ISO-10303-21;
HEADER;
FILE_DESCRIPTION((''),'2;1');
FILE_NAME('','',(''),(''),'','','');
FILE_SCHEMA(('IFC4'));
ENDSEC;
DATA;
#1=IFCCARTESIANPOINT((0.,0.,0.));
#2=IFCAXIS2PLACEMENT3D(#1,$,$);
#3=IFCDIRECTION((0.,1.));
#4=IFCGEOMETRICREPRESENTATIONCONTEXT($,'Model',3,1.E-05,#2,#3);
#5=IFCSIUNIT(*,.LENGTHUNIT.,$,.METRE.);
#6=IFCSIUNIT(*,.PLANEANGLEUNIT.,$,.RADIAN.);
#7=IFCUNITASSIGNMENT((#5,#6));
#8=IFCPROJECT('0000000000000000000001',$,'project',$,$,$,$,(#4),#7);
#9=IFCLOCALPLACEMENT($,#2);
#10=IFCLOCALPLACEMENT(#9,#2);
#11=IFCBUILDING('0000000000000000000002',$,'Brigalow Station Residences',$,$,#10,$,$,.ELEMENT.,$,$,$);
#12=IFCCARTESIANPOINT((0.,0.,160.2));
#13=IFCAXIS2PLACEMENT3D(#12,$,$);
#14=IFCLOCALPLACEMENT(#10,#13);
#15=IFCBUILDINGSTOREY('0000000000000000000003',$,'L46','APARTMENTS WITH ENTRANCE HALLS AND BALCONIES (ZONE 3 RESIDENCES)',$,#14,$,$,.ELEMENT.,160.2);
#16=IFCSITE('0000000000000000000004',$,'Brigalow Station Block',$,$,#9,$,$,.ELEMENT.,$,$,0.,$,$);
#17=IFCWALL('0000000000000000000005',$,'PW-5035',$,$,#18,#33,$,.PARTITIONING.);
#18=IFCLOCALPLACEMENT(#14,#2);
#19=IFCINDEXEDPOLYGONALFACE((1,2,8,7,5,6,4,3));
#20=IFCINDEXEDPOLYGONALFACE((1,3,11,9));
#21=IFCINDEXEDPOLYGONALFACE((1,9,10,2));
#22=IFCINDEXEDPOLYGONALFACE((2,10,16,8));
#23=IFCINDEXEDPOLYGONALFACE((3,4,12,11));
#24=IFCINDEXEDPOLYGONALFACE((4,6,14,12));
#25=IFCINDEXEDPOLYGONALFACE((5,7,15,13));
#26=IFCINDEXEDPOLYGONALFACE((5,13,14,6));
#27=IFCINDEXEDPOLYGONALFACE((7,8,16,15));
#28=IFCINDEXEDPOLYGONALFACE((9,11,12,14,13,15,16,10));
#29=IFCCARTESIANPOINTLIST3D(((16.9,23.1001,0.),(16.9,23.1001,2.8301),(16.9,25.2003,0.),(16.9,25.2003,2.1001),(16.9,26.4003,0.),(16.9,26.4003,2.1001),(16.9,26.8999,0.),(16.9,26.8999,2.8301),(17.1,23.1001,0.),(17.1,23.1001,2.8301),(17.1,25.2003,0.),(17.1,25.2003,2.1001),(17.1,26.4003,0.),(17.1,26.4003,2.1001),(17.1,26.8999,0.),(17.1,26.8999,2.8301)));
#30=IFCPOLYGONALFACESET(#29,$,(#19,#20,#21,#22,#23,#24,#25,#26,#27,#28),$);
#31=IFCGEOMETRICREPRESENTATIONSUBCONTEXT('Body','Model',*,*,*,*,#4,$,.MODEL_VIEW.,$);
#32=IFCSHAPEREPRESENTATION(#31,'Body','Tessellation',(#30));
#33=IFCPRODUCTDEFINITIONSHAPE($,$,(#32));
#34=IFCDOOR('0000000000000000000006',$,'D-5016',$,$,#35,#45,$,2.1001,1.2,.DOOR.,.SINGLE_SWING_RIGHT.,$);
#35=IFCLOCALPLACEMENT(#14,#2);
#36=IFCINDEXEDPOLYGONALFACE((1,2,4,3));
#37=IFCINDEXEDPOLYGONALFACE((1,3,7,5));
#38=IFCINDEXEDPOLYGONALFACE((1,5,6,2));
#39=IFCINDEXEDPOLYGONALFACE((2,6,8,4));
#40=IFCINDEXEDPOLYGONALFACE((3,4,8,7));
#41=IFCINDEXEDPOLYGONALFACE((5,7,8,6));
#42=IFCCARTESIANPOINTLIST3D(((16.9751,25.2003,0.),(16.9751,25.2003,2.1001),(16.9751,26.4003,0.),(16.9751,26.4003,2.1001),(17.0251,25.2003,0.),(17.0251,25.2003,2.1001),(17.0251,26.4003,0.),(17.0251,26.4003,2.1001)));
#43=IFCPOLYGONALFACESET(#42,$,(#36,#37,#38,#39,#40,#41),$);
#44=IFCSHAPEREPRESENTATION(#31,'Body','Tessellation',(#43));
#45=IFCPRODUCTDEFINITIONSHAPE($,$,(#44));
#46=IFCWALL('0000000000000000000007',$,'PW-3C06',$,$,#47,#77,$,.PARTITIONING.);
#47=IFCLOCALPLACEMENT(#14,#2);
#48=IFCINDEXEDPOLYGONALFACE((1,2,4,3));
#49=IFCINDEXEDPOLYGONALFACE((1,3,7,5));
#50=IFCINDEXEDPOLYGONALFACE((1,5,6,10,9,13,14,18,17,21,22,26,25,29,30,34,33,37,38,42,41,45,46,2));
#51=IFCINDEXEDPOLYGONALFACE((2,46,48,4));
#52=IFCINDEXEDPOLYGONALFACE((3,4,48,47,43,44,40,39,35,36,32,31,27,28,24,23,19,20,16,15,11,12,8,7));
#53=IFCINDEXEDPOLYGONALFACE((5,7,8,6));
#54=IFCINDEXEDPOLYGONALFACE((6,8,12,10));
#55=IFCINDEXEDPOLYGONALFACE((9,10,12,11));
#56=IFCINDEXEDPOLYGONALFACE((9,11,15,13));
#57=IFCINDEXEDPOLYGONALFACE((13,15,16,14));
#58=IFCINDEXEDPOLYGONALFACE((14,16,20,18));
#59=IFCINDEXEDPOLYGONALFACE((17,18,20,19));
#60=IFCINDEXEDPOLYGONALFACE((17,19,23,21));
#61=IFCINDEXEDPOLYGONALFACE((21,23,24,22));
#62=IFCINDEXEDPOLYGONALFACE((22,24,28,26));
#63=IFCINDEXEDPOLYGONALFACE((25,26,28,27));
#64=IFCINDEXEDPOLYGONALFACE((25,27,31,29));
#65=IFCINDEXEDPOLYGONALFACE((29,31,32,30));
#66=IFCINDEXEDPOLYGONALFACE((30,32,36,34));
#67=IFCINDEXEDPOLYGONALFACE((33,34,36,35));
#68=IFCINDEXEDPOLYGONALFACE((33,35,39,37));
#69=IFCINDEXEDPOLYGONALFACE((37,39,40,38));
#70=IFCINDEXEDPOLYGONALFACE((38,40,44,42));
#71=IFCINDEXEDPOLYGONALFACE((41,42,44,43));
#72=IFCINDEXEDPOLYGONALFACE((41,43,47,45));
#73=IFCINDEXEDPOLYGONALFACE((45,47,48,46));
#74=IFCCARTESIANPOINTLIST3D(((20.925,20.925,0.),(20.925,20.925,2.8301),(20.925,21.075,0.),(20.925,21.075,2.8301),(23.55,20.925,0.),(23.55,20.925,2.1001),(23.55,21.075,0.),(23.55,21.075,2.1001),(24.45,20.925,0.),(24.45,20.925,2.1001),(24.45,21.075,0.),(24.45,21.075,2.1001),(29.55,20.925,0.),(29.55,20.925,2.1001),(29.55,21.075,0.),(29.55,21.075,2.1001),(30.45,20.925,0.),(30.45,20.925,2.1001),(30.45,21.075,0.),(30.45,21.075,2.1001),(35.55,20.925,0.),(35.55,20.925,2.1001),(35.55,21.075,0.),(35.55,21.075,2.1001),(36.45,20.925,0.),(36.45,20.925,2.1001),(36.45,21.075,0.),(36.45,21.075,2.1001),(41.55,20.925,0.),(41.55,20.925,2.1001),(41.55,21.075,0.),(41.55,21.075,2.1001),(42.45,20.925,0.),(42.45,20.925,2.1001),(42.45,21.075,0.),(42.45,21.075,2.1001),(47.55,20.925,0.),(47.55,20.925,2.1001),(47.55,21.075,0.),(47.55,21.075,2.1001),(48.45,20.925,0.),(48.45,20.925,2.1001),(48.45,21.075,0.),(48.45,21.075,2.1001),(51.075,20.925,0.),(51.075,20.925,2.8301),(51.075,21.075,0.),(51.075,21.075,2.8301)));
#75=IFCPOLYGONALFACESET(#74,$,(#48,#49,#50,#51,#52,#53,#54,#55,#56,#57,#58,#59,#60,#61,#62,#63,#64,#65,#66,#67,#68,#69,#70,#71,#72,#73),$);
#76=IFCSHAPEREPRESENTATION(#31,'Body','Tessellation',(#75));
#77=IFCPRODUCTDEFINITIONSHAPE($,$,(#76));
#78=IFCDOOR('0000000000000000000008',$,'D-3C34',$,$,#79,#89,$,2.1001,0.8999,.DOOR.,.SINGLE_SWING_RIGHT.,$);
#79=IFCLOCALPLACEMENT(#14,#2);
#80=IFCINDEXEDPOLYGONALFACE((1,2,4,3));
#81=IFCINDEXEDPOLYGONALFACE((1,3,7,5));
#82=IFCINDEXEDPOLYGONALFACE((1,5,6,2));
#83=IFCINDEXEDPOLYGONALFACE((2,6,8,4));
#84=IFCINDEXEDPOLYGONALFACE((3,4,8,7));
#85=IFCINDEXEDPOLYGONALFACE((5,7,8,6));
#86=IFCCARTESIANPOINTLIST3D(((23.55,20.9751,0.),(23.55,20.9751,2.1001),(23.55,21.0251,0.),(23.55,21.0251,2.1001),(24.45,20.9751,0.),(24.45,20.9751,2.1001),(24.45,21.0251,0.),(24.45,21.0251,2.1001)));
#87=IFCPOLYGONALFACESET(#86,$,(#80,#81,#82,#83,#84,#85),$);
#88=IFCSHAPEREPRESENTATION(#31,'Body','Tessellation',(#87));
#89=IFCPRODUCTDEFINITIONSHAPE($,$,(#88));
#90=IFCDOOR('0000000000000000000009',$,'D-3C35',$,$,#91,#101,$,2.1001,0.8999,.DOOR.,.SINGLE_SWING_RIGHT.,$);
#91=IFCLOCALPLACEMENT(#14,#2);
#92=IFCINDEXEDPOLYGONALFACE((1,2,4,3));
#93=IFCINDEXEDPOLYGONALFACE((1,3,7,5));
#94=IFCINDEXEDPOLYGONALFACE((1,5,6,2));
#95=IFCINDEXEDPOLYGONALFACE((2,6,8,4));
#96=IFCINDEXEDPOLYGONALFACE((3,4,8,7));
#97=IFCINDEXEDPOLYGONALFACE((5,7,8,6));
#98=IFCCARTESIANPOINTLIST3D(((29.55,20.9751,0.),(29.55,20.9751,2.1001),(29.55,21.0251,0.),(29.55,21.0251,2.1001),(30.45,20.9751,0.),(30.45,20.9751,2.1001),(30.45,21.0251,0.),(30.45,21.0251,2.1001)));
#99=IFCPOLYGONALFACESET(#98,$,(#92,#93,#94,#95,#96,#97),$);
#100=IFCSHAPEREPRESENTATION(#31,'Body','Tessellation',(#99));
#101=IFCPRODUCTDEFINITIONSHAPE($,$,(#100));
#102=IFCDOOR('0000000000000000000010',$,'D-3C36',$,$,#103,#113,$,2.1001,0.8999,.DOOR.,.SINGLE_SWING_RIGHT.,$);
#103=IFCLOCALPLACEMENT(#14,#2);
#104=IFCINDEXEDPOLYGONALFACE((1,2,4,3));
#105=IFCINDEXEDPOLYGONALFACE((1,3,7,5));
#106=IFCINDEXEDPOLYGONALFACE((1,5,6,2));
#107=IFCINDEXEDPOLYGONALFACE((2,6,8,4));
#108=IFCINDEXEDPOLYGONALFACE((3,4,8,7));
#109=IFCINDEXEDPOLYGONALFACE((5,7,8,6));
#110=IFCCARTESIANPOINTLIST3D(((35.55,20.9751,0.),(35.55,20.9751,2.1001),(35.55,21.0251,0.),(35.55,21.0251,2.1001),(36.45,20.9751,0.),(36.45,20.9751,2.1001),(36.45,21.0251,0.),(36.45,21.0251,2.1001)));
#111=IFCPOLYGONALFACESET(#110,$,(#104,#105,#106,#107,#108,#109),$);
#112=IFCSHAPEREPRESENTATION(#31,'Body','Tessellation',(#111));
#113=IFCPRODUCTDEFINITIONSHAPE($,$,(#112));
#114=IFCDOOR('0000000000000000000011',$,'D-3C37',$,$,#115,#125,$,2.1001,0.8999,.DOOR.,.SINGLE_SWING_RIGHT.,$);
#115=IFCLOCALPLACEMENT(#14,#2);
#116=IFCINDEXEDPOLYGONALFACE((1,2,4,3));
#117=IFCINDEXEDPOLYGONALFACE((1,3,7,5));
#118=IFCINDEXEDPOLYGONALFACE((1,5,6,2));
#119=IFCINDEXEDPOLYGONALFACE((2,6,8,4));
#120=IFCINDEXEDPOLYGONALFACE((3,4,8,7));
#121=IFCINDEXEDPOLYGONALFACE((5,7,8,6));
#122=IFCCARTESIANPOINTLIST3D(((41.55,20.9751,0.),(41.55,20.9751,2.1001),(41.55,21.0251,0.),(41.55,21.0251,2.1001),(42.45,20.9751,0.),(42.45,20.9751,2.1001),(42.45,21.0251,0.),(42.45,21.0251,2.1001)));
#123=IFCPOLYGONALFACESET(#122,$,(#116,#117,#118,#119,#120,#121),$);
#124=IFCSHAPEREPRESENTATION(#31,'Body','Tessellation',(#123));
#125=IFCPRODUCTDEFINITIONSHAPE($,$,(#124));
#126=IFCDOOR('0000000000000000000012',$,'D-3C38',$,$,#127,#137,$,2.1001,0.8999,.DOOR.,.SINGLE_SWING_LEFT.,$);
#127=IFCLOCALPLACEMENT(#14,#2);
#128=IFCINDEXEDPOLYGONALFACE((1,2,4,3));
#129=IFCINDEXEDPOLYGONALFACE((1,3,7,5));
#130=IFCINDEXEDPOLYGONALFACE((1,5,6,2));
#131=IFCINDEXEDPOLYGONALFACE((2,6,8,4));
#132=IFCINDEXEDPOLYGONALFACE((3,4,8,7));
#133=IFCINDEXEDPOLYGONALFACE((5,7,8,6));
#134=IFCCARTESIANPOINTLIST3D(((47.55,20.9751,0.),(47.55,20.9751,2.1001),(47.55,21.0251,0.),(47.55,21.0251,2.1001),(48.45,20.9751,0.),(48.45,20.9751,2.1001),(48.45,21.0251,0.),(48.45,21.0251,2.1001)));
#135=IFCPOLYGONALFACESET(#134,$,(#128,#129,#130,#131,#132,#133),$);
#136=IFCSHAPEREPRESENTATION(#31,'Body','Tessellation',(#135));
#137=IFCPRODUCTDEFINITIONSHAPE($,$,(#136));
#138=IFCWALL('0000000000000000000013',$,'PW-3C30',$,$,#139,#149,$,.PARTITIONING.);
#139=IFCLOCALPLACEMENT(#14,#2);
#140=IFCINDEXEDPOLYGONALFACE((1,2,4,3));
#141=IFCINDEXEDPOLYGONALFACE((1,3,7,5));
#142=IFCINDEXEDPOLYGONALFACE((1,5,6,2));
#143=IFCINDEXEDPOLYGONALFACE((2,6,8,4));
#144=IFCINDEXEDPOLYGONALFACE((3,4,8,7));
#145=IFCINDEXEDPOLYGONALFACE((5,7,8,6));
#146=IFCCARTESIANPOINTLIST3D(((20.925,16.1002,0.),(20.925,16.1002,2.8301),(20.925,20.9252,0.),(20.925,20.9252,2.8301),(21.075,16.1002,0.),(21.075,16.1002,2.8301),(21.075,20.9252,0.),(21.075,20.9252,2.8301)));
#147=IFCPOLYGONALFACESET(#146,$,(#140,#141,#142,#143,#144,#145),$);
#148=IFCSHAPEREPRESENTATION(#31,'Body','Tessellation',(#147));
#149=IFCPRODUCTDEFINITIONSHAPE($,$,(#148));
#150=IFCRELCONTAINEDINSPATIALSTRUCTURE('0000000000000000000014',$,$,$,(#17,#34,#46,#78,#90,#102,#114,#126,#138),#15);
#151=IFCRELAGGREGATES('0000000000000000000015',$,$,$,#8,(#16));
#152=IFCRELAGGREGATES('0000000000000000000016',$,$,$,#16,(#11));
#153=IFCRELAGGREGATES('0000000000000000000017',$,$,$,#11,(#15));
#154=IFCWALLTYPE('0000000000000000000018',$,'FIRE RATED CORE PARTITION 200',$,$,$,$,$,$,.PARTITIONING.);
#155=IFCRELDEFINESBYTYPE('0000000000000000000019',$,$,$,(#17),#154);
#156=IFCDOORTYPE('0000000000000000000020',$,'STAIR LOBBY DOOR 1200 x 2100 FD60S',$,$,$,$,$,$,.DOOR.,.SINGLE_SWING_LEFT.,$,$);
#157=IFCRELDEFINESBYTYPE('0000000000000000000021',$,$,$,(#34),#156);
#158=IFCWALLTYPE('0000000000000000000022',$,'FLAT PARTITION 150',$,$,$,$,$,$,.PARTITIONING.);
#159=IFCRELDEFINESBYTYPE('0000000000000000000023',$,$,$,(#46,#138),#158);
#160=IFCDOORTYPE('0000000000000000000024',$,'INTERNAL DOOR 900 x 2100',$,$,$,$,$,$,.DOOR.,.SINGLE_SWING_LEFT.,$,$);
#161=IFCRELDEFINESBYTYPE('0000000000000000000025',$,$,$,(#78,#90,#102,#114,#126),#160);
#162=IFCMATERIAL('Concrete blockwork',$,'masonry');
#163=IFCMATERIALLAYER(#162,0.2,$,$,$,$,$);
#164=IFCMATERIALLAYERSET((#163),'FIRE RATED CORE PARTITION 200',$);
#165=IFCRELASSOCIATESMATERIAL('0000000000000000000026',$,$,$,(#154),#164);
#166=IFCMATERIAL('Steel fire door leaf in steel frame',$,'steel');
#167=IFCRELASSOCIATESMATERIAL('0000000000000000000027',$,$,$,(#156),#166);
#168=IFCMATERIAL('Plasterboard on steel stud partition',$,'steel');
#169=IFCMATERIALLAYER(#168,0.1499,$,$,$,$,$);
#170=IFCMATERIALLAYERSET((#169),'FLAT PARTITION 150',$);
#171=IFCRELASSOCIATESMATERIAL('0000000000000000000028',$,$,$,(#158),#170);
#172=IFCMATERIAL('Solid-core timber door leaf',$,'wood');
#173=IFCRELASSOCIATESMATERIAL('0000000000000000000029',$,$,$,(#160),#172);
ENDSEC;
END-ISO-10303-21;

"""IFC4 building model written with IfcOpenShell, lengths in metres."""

from ifc_helpers import new_model, si_unit, direction, frame, frame_2d, origin, place, context, subcontext, project, spatial, rectangle, extrude, material, layer, layer_set, type_object, element, fill, save


model = new_model("IFC4")

# Units and contexts
model_context = context("Model", 3, precision=1e-05, world=origin(), true_north=direction((0.0, 1.0)))
body_context = subcontext(model_context, "Body", "Model", "MODEL_VIEW")
ifc_project = project(units=[si_unit("LENGTHUNIT", "METRE"), si_unit("PLANEANGLEUNIT", "RADIAN")], contexts=[model_context])

# Site, building, storey
site_placement = place(None, origin())
site = spatial("IfcSite", under=ifc_project, at=site_placement, Name="Brigalow Station Block", CompositionType="ELEMENT", RefElevation=0.0)
building_placement = place(site_placement, origin())
building = spatial("IfcBuilding", under=site, at=building_placement, Name="Brigalow Station Residences", CompositionType="ELEMENT")
storey_placement = place(building_placement, frame((0.0, 0.0, 160.2)))
storey = spatial("IfcBuildingStorey", under=building, at=storey_placement, Name="L46", Description="APARTMENTS WITH ENTRANCE HALLS AND BALCONIES (ZONE 3 RESIDENCES)", CompositionType="ELEMENT", Elevation=160.2)

# Wall, opening, door
ifc_material_1 = material(Name="Concrete blockwork", Category="masonry")
ifc_layer_1 = layer(ifc_material_1, 0.2)
ifc_layer_set_1 = layer_set([ifc_layer_1], Name="FIRE RATED CORE PARTITION 200")
wall_type_1 = type_object("IfcWallType", Name="FIRE RATED CORE PARTITION 200", PredefinedType="PARTITIONING", material=ifc_layer_set_1)
wall_1_placement = place(storey_placement, frame((17.0, 23.1001, 0.0), z_axis=(0.0, 0.0, 1.0), x_axis=(0.0, 1.0, 0.0)))
wall_1 = element("IfcWall", 1, at=wall_1_placement, inside=storey, type_object=wall_type_1, Name="PW-5035", PredefinedType="PARTITIONING", context=body_context, shape_type="SweptSolid", body=[
    extrude(rectangle(XDim=3.7998, YDim=0.2, at=frame_2d((1.8999, 0.0))), origin(), (0.0, 0.0, 1.0), 2.8301),
])
opening_1_placement = place(wall_1_placement, frame((2.1001, 0.0, 0.0)))
opening_1 = element("IfcOpeningElement", 2, at=opening_1_placement, cuts=wall_1, PredefinedType="OPENING", context=body_context, shape_type="SweptSolid", body=[
    extrude(rectangle(XDim=1.2, YDim=2.1001, at=frame_2d((0.6001, 1.05))), frame((0.0, 0.1099, 0.0), z_axis=(0.0, -1.0, 0.0), x_axis=(1.0, 0.0, 0.0)), (0.0, 0.0, 1.0), 0.22),
])
ifc_material_2 = material(Name="Steel fire door leaf in steel frame", Category="steel")
door_type_1 = type_object("IfcDoorType", Name="STAIR LOBBY DOOR 1200 x 2100 FD60S", OperationType="SINGLE_SWING_LEFT", PredefinedType="DOOR", material=ifc_material_2)
door_1_placement = place(opening_1_placement, origin())
door_1 = element("IfcDoor", 3, at=door_1_placement, inside=storey, type_object=door_type_1, Name="D-5016", OperationType="SINGLE_SWING_RIGHT", OverallHeight=2.1001, OverallWidth=1.2, PredefinedType="DOOR", context=body_context, shape_type="SweptSolid", body=[
    extrude(rectangle(XDim=1.2, YDim=2.1001, at=frame_2d((0.6001, 1.05))), frame((0.0, 0.0249, 0.0), z_axis=(0.0, -1.0, 0.0), x_axis=(1.0, 0.0, 0.0)), (0.0, 0.0, 1.0), 0.05),
])
fill(opening_1, door_1)

# Wall, openings, doors
ifc_material_3 = material(Name="Plasterboard on steel stud partition", Category="steel")
ifc_layer_2 = layer(ifc_material_3, 0.1499)
ifc_layer_set_2 = layer_set([ifc_layer_2], Name="FLAT PARTITION 150")
wall_type_2 = type_object("IfcWallType", Name="FLAT PARTITION 150", PredefinedType="PARTITIONING", material=ifc_layer_set_2)
wall_2_placement = place(storey_placement, frame((20.925, 21.0, 0.0), z_axis=(0.0, 0.0, 1.0), x_axis=(1.0, 0.0, 0.0)))
wall_2 = element("IfcWall", 4, at=wall_2_placement, inside=storey, type_object=wall_type_2, Name="PW-3C06", PredefinedType="PARTITIONING", context=body_context, shape_type="SweptSolid", body=[
    extrude(rectangle(XDim=30.1499, YDim=0.1499, at=frame_2d((15.075, 0.0))), origin(), (0.0, 0.0, 1.0), 2.8301),
])
opening_2_placement = place(wall_2_placement, frame((2.625, 0.0, 0.0)))
opening_2 = element("IfcOpeningElement", 5, at=opening_2_placement, cuts=wall_2, PredefinedType="OPENING", context=body_context, shape_type="SweptSolid", body=[
    extrude(rectangle(XDim=0.8999, YDim=2.1001, at=frame_2d((0.45, 1.05))), frame((0.0, 0.085, 0.0), z_axis=(0.0, -1.0, 0.0), x_axis=(1.0, 0.0, 0.0)), (0.0, 0.0, 1.0), 0.1699),
])
opening_3_placement = place(wall_2_placement, frame((8.625, 0.0, 0.0)))
opening_3 = element("IfcOpeningElement", 6, at=opening_3_placement, cuts=wall_2, PredefinedType="OPENING", context=body_context, shape_type="SweptSolid", body=[
    extrude(rectangle(XDim=0.8999, YDim=2.1001, at=frame_2d((0.45, 1.05))), frame((0.0, 0.085, 0.0), z_axis=(0.0, -1.0, 0.0), x_axis=(1.0, 0.0, 0.0)), (0.0, 0.0, 1.0), 0.1699),
])
opening_4_placement = place(wall_2_placement, frame((14.625, 0.0, 0.0)))
opening_4 = element("IfcOpeningElement", 7, at=opening_4_placement, cuts=wall_2, PredefinedType="OPENING", context=body_context, shape_type="SweptSolid", body=[
    extrude(rectangle(XDim=0.8999, YDim=2.1001, at=frame_2d((0.45, 1.05))), frame((0.0, 0.085, 0.0), z_axis=(0.0, -1.0, 0.0), x_axis=(1.0, 0.0, 0.0)), (0.0, 0.0, 1.0), 0.1699),
])
opening_5_placement = place(wall_2_placement, frame((20.625, 0.0, 0.0)))
opening_5 = element("IfcOpeningElement", 8, at=opening_5_placement, cuts=wall_2, PredefinedType="OPENING", context=body_context, shape_type="SweptSolid", body=[
    extrude(rectangle(XDim=0.8999, YDim=2.1001, at=frame_2d((0.45, 1.05))), frame((0.0, 0.085, 0.0), z_axis=(0.0, -1.0, 0.0), x_axis=(1.0, 0.0, 0.0)), (0.0, 0.0, 1.0), 0.1699),
])
opening_6_placement = place(wall_2_placement, frame((26.625, 0.0, 0.0)))
opening_6 = element("IfcOpeningElement", 9, at=opening_6_placement, cuts=wall_2, PredefinedType="OPENING", context=body_context, shape_type="SweptSolid", body=[
    extrude(rectangle(XDim=0.8999, YDim=2.1001, at=frame_2d((0.45, 1.05))), frame((0.0, 0.085, 0.0), z_axis=(0.0, -1.0, 0.0), x_axis=(1.0, 0.0, 0.0)), (0.0, 0.0, 1.0), 0.1699),
])
ifc_material_4 = material(Name="Solid-core timber door leaf", Category="wood")
door_type_2 = type_object("IfcDoorType", Name="INTERNAL DOOR 900 x 2100", OperationType="SINGLE_SWING_LEFT", PredefinedType="DOOR", material=ifc_material_4)
door_2_placement = place(opening_2_placement, frame((0.8999, 0.0, 0.0), z_axis=(0.0, 0.0, 1.0), x_axis=(-1.0, 0.0, 0.0)))
door_2 = element("IfcDoor", 10, at=door_2_placement, inside=storey, type_object=door_type_2, Name="D-3C34", OperationType="SINGLE_SWING_RIGHT", OverallHeight=2.1001, OverallWidth=0.8999, PredefinedType="DOOR", context=body_context, shape_type="SweptSolid", body=[
    extrude(rectangle(XDim=0.8999, YDim=2.1001, at=frame_2d((0.45, 1.05))), frame((0.0, 0.0249, 0.0), z_axis=(0.0, -1.0, 0.0), x_axis=(1.0, 0.0, 0.0)), (0.0, 0.0, 1.0), 0.05),
])
fill(opening_2, door_2)
door_3_placement = place(opening_3_placement, frame((0.8999, 0.0, 0.0), z_axis=(0.0, 0.0, 1.0), x_axis=(-1.0, 0.0, 0.0)))
door_3 = element("IfcDoor", 11, at=door_3_placement, inside=storey, type_object=door_type_2, Name="D-3C35", OperationType="SINGLE_SWING_RIGHT", OverallHeight=2.1001, OverallWidth=0.8999, PredefinedType="DOOR", context=body_context, shape_type="SweptSolid", body=[
    extrude(rectangle(XDim=0.8999, YDim=2.1001, at=frame_2d((0.45, 1.05))), frame((0.0, 0.0249, 0.0), z_axis=(0.0, -1.0, 0.0), x_axis=(1.0, 0.0, 0.0)), (0.0, 0.0, 1.0), 0.05),
])
fill(opening_3, door_3)
door_4_placement = place(opening_4_placement, frame((0.8999, 0.0, 0.0), z_axis=(0.0, 0.0, 1.0), x_axis=(-1.0, 0.0, 0.0)))
door_4 = element("IfcDoor", 12, at=door_4_placement, inside=storey, type_object=door_type_2, Name="D-3C36", OperationType="SINGLE_SWING_RIGHT", OverallHeight=2.1001, OverallWidth=0.8999, PredefinedType="DOOR", context=body_context, shape_type="SweptSolid", body=[
    extrude(rectangle(XDim=0.8999, YDim=2.1001, at=frame_2d((0.45, 1.05))), frame((0.0, 0.0249, 0.0), z_axis=(0.0, -1.0, 0.0), x_axis=(1.0, 0.0, 0.0)), (0.0, 0.0, 1.0), 0.05),
])
fill(opening_4, door_4)
door_5_placement = place(opening_5_placement, frame((0.8999, 0.0, 0.0), z_axis=(0.0, 0.0, 1.0), x_axis=(-1.0, 0.0, 0.0)))
door_5 = element("IfcDoor", 13, at=door_5_placement, inside=storey, type_object=door_type_2, Name="D-3C37", OperationType="SINGLE_SWING_RIGHT", OverallHeight=2.1001, OverallWidth=0.8999, PredefinedType="DOOR", context=body_context, shape_type="SweptSolid", body=[
    extrude(rectangle(XDim=0.8999, YDim=2.1001, at=frame_2d((0.45, 1.05))), frame((0.0, 0.0249, 0.0), z_axis=(0.0, -1.0, 0.0), x_axis=(1.0, 0.0, 0.0)), (0.0, 0.0, 1.0), 0.05),
])
fill(opening_5, door_5)
door_6_placement = place(opening_6_placement, frame((0.8999, 0.0, 0.0), z_axis=(0.0, 0.0, 1.0), x_axis=(-1.0, 0.0, 0.0)))
door_6 = element("IfcDoor", 14, at=door_6_placement, inside=storey, type_object=door_type_2, Name="D-3C38", OperationType="SINGLE_SWING_LEFT", OverallHeight=2.1001, OverallWidth=0.8999, PredefinedType="DOOR", context=body_context, shape_type="SweptSolid", body=[
    extrude(rectangle(XDim=0.8999, YDim=2.1001, at=frame_2d((0.45, 1.05))), frame((0.0, 0.0249, 0.0), z_axis=(0.0, -1.0, 0.0), x_axis=(1.0, 0.0, 0.0)), (0.0, 0.0, 1.0), 0.05),
])
fill(opening_6, door_6)

# Wall
wall_3_placement = place(storey_placement, frame((21.0, 16.1001, 0.0), z_axis=(0.0, 0.0, 1.0), x_axis=(0.0, 1.0, 0.0)))
element("IfcWall", 15, at=wall_3_placement, inside=storey, type_object=wall_type_2, Name="PW-3C30", PredefinedType="PARTITIONING", context=body_context, shape_type="SweptSolid", body=[
    extrude(rectangle(XDim=4.825, YDim=0.1499, at=frame_2d((2.4126, 0.0))), origin(), (0.0, 0.0, 1.0), 2.8301),
])

save(model, "model.ifc")
